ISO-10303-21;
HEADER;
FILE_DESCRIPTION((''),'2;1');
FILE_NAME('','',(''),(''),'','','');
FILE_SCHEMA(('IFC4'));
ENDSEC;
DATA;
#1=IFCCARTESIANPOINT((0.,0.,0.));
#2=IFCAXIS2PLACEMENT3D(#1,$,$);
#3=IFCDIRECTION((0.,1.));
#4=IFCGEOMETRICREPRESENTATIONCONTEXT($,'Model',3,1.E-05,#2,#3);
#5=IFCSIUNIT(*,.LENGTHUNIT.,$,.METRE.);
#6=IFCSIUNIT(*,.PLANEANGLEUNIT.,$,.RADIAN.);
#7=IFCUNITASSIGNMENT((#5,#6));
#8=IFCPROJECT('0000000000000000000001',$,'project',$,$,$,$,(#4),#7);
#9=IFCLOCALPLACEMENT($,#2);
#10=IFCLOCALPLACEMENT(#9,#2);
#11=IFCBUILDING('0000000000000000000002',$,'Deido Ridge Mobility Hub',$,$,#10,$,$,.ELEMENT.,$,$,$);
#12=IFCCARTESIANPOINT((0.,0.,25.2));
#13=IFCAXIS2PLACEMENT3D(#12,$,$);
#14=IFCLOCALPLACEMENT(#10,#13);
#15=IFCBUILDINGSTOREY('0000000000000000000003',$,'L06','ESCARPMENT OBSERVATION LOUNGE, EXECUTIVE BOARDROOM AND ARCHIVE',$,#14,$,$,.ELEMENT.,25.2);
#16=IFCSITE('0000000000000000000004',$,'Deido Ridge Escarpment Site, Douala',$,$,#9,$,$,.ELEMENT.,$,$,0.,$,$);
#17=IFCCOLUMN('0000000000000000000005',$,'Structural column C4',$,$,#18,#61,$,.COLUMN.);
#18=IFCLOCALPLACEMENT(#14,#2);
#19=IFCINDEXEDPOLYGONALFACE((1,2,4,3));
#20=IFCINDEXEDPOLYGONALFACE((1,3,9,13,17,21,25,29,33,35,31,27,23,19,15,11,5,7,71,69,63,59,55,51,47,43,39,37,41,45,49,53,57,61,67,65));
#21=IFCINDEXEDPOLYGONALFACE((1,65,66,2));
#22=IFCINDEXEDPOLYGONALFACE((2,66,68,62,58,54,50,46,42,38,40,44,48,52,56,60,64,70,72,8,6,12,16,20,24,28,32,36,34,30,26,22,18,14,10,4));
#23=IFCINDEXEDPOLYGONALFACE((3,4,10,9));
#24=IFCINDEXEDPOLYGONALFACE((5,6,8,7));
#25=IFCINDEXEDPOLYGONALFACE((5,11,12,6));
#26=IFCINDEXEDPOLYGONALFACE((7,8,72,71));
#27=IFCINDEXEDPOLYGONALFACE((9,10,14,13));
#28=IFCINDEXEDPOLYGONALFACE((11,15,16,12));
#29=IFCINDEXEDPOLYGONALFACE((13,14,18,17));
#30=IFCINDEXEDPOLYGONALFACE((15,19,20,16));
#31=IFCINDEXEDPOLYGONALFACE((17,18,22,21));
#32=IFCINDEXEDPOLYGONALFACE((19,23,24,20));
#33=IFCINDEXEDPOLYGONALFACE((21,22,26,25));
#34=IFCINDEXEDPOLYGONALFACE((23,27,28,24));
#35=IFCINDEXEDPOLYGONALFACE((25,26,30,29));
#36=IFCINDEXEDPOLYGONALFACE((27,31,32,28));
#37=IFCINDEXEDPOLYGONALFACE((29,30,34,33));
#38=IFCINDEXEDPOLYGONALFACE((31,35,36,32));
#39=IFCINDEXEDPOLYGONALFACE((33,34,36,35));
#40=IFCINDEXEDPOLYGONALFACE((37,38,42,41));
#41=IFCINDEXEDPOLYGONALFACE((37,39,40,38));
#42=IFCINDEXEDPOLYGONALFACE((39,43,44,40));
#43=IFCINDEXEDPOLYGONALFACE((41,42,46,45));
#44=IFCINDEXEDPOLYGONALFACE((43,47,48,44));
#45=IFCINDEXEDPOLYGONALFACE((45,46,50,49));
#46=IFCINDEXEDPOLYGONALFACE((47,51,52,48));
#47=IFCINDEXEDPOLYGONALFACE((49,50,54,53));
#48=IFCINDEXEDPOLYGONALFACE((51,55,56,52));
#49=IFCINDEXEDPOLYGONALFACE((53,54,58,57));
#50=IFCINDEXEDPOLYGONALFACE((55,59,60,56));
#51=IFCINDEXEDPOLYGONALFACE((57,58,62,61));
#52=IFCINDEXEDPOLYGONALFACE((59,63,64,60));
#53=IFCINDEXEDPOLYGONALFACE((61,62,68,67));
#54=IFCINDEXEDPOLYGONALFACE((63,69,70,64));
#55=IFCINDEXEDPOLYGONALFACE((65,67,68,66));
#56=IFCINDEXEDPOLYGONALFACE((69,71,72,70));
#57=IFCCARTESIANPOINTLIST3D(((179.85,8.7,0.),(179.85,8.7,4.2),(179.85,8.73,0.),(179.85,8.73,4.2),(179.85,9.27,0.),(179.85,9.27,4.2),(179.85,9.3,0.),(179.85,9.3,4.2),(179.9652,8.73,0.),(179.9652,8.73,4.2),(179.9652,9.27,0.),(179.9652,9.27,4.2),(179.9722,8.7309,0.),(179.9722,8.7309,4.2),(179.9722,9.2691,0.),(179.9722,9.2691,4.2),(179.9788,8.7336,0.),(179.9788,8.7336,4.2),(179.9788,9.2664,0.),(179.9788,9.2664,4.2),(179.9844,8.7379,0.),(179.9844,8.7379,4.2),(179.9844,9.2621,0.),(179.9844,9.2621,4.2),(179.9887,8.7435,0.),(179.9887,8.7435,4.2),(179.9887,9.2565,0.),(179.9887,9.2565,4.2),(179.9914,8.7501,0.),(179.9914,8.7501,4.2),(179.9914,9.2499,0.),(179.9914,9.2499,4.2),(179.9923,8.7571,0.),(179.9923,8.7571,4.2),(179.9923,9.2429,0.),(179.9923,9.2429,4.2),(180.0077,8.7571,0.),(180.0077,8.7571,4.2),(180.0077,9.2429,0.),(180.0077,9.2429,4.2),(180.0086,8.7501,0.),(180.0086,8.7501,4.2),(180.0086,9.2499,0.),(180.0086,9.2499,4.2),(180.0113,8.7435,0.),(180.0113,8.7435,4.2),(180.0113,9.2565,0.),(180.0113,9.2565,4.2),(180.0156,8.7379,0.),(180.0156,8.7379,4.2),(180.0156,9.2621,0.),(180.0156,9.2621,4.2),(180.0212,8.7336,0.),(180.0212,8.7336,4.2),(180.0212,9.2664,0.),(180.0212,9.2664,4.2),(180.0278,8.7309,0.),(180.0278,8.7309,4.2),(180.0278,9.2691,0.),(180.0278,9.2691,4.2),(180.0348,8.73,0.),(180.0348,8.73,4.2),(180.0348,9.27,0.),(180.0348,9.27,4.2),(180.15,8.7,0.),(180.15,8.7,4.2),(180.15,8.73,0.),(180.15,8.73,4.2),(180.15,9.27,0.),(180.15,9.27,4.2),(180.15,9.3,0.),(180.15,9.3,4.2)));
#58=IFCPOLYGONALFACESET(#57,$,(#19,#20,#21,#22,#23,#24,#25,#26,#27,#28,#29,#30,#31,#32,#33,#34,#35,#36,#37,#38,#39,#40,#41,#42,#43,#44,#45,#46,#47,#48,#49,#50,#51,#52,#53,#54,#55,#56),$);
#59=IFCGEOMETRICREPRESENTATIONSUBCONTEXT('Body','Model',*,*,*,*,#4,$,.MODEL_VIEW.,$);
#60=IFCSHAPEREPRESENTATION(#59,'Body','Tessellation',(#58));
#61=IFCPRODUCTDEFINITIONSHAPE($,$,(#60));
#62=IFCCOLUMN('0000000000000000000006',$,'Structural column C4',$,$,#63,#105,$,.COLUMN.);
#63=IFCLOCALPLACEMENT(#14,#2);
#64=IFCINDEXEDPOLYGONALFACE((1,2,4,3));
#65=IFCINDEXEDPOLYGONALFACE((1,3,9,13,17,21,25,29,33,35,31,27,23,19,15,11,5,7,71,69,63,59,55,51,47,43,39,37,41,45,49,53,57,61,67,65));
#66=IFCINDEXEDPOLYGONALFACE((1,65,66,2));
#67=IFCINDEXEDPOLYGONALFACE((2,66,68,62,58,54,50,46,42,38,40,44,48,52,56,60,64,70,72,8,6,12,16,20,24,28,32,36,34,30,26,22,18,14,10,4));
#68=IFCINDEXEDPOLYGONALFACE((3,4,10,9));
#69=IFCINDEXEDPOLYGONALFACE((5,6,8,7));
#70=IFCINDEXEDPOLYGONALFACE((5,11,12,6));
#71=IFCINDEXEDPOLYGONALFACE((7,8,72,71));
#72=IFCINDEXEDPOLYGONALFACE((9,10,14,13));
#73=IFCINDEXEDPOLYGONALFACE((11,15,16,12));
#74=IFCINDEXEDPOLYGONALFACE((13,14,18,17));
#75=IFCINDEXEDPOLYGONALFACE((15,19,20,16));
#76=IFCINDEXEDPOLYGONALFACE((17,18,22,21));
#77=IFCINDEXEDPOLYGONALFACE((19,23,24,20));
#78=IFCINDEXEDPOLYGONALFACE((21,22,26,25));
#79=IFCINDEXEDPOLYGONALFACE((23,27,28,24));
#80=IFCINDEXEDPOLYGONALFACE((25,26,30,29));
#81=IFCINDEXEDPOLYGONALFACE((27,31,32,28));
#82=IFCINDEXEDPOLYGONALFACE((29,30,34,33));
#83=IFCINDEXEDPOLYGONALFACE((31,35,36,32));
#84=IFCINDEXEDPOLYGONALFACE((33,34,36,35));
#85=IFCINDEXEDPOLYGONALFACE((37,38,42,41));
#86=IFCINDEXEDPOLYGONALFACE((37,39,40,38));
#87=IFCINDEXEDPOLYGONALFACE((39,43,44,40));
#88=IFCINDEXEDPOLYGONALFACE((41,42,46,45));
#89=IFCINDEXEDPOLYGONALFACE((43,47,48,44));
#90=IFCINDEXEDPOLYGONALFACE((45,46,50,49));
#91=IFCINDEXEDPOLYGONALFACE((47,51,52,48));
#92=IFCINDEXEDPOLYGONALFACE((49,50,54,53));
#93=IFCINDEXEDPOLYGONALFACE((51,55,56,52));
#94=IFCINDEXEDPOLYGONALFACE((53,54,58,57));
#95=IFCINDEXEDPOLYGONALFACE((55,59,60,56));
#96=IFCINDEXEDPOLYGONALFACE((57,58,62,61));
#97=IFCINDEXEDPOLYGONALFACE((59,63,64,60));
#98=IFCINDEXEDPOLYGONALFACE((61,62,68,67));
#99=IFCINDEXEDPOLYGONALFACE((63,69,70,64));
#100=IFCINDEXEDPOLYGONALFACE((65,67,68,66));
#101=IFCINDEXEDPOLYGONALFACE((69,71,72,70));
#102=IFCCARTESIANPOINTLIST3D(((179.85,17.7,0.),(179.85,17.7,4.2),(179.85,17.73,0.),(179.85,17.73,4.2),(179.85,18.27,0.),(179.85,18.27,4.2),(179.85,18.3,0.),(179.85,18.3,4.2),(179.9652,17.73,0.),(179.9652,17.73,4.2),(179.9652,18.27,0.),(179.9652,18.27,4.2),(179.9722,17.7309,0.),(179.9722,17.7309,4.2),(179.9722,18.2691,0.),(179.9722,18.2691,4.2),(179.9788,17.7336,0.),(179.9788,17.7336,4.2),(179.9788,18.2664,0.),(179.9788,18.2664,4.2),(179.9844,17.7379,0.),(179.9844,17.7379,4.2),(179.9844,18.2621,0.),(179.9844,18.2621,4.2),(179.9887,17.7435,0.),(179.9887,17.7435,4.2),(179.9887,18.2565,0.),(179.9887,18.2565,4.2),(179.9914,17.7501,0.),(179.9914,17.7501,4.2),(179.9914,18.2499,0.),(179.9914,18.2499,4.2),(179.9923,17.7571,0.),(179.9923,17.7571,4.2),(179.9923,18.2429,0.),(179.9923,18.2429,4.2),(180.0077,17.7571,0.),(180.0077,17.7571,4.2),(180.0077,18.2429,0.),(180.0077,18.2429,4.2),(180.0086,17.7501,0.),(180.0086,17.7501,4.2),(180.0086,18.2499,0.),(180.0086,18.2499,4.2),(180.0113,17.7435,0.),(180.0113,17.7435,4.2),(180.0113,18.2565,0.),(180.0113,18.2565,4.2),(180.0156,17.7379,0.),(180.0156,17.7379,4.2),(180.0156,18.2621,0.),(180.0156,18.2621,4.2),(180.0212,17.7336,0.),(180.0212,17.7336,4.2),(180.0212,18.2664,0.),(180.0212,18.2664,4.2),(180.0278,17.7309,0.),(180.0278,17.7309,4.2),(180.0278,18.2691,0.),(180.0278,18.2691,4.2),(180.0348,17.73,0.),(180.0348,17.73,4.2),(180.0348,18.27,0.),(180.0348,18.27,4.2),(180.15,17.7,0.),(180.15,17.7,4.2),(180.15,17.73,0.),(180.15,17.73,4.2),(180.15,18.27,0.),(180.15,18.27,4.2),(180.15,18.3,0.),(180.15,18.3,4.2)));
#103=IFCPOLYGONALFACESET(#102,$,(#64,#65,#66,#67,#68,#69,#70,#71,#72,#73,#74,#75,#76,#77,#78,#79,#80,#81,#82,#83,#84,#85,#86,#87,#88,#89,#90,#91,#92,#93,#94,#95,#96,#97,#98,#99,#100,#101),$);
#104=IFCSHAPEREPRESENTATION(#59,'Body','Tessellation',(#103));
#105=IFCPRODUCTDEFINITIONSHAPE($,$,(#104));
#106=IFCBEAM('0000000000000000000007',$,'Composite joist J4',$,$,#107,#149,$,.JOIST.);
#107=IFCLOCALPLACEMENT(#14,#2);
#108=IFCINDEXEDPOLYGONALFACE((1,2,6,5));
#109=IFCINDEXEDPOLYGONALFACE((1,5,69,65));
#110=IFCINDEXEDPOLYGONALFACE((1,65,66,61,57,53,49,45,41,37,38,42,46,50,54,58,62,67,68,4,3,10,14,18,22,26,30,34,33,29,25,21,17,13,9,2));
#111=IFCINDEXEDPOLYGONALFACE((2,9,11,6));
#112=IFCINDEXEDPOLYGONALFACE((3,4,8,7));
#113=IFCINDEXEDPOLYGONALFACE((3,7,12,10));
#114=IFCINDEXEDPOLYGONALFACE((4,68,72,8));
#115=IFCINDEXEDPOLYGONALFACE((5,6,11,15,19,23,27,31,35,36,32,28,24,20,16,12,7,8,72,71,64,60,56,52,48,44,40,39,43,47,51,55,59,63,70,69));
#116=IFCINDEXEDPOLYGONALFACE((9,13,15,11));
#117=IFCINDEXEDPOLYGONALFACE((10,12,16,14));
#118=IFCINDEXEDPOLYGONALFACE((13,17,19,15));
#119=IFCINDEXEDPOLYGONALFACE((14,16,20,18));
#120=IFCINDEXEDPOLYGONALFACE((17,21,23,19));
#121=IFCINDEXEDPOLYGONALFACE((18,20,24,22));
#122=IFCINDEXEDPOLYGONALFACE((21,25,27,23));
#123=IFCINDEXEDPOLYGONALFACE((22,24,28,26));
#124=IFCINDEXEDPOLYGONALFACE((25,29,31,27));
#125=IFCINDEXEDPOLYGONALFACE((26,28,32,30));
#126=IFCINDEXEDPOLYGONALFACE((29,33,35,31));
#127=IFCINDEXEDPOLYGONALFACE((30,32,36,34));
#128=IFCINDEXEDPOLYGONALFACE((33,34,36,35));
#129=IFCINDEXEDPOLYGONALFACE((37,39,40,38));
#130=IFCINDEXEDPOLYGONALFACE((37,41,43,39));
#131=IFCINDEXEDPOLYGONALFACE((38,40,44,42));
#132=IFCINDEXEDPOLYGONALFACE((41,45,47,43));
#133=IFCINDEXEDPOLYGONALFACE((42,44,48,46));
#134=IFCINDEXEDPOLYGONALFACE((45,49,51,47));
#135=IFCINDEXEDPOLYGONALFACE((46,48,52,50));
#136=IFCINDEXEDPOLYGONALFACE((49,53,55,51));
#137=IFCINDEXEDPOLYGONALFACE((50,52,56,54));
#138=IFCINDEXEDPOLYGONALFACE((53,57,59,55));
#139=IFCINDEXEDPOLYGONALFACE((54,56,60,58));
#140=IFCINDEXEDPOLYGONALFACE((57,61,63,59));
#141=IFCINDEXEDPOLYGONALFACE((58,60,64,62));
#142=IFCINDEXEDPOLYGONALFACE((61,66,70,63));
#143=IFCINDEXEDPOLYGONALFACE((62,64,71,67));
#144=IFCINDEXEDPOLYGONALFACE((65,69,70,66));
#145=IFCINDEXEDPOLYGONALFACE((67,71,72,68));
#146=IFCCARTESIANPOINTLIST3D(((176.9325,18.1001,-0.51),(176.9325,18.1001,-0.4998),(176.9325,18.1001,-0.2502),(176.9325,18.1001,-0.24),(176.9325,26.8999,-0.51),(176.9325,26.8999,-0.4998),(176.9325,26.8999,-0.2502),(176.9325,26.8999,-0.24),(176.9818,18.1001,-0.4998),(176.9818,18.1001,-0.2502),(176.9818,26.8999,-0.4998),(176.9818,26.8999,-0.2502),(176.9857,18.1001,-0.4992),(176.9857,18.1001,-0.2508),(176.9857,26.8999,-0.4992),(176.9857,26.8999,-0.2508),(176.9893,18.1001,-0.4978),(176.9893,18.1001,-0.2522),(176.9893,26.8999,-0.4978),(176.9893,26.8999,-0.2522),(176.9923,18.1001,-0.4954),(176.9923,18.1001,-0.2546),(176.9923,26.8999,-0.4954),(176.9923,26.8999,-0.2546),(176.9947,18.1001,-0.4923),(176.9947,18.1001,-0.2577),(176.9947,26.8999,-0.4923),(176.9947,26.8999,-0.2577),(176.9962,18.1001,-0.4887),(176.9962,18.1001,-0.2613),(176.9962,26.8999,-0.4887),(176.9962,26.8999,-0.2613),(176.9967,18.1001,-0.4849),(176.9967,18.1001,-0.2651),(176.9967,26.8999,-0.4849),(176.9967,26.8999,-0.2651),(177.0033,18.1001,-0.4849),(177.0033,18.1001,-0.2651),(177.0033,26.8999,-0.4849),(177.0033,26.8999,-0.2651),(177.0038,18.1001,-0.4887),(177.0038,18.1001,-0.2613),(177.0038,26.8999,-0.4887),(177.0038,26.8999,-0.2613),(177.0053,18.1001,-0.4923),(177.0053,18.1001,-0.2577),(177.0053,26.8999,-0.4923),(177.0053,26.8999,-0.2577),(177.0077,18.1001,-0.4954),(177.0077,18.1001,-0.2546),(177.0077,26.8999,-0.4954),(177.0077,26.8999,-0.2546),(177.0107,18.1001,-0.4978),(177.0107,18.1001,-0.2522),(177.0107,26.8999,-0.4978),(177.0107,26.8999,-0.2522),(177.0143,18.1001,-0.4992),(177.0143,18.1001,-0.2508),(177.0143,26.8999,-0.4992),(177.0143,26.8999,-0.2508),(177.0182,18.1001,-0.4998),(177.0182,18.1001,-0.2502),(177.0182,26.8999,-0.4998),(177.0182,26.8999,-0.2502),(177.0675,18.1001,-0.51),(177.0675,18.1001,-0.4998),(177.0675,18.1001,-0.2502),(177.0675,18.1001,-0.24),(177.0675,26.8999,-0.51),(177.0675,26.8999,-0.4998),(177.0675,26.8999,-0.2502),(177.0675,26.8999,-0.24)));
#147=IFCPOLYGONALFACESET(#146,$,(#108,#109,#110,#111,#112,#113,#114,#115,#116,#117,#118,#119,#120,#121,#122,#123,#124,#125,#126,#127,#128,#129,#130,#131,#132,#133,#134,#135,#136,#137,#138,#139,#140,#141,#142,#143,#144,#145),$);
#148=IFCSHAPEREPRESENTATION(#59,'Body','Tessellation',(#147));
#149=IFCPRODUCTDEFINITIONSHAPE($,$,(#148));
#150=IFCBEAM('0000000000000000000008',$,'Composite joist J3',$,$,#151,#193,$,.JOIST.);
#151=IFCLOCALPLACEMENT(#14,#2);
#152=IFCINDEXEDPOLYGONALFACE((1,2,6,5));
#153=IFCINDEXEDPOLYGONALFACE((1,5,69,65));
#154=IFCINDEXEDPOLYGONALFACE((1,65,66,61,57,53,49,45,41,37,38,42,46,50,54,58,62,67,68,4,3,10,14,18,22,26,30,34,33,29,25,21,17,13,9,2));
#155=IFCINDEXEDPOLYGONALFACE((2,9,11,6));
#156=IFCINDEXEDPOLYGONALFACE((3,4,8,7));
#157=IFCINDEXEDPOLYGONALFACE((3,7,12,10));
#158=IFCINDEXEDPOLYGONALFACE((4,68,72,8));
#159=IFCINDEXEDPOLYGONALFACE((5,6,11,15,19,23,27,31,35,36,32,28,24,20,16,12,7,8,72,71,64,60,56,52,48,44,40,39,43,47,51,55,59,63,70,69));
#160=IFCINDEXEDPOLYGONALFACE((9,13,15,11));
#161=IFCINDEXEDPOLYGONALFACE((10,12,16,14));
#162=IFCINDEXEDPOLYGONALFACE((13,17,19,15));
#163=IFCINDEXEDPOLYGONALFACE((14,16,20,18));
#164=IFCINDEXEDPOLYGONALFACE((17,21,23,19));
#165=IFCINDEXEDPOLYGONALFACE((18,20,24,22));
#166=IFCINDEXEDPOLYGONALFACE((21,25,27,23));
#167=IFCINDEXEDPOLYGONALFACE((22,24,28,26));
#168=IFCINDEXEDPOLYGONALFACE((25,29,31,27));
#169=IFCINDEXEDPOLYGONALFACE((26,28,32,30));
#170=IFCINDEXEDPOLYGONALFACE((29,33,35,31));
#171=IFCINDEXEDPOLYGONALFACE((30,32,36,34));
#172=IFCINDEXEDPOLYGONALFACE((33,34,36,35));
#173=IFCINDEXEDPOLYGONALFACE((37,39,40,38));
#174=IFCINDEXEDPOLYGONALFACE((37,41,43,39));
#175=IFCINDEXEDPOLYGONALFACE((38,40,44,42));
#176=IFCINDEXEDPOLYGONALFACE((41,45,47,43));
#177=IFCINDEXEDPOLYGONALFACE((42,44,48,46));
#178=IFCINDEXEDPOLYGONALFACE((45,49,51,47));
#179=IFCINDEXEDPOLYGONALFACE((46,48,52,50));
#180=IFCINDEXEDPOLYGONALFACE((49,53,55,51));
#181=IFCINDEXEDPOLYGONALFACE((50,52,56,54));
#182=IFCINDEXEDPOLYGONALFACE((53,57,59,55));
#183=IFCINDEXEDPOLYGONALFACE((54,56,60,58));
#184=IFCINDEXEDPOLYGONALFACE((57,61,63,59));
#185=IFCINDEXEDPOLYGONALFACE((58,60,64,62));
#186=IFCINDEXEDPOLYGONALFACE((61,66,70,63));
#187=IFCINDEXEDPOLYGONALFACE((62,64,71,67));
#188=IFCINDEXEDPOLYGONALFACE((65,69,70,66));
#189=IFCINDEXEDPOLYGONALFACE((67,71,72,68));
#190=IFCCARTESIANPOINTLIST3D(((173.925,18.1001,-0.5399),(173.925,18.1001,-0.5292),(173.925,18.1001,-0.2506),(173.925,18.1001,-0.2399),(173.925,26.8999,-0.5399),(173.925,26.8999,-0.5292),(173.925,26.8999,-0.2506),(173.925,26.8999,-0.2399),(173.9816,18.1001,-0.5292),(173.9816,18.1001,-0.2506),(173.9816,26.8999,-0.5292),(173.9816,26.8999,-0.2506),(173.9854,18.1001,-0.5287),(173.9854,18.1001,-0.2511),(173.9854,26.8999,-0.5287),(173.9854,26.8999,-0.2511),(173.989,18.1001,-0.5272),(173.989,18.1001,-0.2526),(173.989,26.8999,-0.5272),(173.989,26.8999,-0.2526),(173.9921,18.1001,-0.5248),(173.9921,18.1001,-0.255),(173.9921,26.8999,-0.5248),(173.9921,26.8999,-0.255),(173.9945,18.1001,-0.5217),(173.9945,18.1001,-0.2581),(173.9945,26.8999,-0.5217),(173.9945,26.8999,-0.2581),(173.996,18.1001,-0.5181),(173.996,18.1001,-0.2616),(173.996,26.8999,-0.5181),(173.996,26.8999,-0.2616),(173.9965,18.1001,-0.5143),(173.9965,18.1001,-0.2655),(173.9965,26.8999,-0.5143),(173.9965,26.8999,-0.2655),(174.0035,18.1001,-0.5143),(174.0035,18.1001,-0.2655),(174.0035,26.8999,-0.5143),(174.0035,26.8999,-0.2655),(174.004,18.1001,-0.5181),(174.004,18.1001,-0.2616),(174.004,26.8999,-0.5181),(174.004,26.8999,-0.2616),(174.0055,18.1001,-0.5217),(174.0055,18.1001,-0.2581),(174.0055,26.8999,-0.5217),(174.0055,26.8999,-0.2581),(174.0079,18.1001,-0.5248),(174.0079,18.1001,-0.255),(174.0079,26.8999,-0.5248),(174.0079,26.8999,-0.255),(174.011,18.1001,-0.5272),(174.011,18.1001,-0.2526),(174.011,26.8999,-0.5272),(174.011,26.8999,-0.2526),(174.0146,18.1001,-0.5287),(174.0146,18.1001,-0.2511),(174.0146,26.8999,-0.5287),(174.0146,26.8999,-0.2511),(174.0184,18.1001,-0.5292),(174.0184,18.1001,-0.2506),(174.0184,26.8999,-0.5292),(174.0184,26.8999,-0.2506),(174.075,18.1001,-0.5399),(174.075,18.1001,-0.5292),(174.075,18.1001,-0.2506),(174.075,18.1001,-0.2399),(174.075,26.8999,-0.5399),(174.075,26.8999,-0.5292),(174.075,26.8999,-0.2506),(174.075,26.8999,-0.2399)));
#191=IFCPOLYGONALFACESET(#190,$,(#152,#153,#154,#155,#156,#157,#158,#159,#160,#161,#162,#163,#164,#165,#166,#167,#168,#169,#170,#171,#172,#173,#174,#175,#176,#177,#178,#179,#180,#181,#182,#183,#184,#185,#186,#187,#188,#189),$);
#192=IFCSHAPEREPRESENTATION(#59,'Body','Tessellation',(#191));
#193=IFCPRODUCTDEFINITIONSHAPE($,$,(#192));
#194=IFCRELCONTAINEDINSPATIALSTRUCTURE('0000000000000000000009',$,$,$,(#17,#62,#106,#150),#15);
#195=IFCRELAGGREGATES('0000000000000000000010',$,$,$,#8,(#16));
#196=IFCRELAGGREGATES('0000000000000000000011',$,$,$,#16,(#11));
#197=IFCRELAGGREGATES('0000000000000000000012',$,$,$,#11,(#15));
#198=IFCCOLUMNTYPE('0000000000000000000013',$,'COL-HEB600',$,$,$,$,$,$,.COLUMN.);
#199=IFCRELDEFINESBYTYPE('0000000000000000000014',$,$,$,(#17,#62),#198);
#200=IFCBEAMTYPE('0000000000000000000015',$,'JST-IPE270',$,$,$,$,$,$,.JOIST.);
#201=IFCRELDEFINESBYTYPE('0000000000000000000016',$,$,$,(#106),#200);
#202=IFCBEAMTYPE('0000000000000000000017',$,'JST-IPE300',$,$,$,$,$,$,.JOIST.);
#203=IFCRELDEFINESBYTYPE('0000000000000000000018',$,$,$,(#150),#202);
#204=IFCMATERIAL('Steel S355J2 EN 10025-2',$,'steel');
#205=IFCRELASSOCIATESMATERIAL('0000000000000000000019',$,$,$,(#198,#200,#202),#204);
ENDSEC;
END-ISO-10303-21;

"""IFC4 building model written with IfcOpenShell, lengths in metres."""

from ifc_helpers import new_model, si_unit, direction, frame, origin, origin_2d, place, context, subcontext, project, spatial, i_section, extrude, material, material_profile, profile_set, type_object, element, save


model = new_model("IFC4")

# Units and contexts
model_context = context("Model", 3, precision=1e-05, world=origin(), true_north=direction((0.0, 1.0)))
body_context = subcontext(model_context, "Body", "Model", "MODEL_VIEW")
ifc_project = project(units=[si_unit("LENGTHUNIT", "METRE"), si_unit("PLANEANGLEUNIT", "RADIAN")], contexts=[model_context])

# Site, building, storey
site_placement = place(None, origin())
site = spatial("IfcSite", under=ifc_project, at=site_placement, Name="Deido Ridge Escarpment Site, Douala", CompositionType="ELEMENT", RefElevation=0.0)
building_placement = place(site_placement, origin())
building = spatial("IfcBuilding", under=site, at=building_placement, Name="Deido Ridge Mobility Hub", CompositionType="ELEMENT")
storey_placement = place(building_placement, frame((0.0, 0.0, 25.2)))
storey = spatial("IfcBuildingStorey", under=building, at=storey_placement, Name="L06", Description="ESCARPMENT OBSERVATION LOUNGE, EXECUTIVE BOARDROOM AND ARCHIVE", CompositionType="ELEMENT", Elevation=25.2)

# Columns
ifc_material_1 = material(Name="Steel S355J2 EN 10025-2", Category="steel")
ifc_material_profile_1 = material_profile(ifc_material_1, i_section(OverallWidth=0.3, OverallDepth=0.6001, WebThickness=0.0154, FlangeThickness=0.03, FilletRadius=0.0271, at=origin_2d()), Name="HEB 600")
ifc_profile_set_1 = profile_set([ifc_material_profile_1], Name="Steel S355J2 EN 10025-2")
column_type = type_object("IfcColumnType", Name="COL-HEB600", PredefinedType="COLUMN", material=ifc_profile_set_1)
for number, where, z_axis, x_axis, name in (
    (1, (180.0, 9.0, 0.0), (0.0, 0.0, 1.0), (1.0, 0.0, 0.0), "Structural column C4"),
    (2, (180.0, 18.0, 0.0), (0.0, 0.0, 1.0), (1.0, 0.0, 0.0), "Structural column C4"),
):
    element("IfcColumn", number, at=place(storey_placement, frame(where, z_axis=z_axis, x_axis=x_axis)), inside=storey, type_object=column_type, Name=name, PredefinedType="COLUMN", context=body_context, shape_type="SweptSolid", body=[
        extrude(i_section(OverallWidth=0.3, OverallDepth=0.6001, WebThickness=0.0154, FlangeThickness=0.03, FilletRadius=0.0271, at=origin_2d()), origin(), (0.0, 0.0, 1.0), 4.2),
    ])

# Beams
ifc_material_profile_2 = material_profile(ifc_material_1, i_section(OverallWidth=0.135, OverallDepth=0.27, WebThickness=0.0066, FlangeThickness=0.0103, FilletRadius=0.0149, at=origin_2d()), Name="IPE 270")
ifc_profile_set_2 = profile_set([ifc_material_profile_2], Name="Steel S355J2 EN 10025-2")
beam_type_1 = type_object("IfcBeamType", Name="JST-IPE270", PredefinedType="JOIST", material=ifc_profile_set_2)
beam_1_placement = place(storey_placement, frame((177.0, 18.1001, -0.375), z_axis=(0.0, 1.0, 0.0), x_axis=(-1.0, 0.0, 0.0)))
element("IfcBeam", 3, at=beam_1_placement, inside=storey, type_object=beam_type_1, Name="Composite joist J4", PredefinedType="JOIST", context=body_context, shape_type="SweptSolid", body=[
    extrude(i_section(OverallWidth=0.135, OverallDepth=0.27, WebThickness=0.0066, FlangeThickness=0.0103, FilletRadius=0.0149, at=origin_2d()), origin(), (0.0, 0.0, 1.0), 8.7998),
])
ifc_material_profile_3 = material_profile(ifc_material_1, i_section(OverallWidth=0.1499, OverallDepth=0.3, WebThickness=0.0071, FlangeThickness=0.0107, FilletRadius=0.0149, at=origin_2d()), Name="IPE 300")
ifc_profile_set_3 = profile_set([ifc_material_profile_3], Name="Steel S355J2 EN 10025-2")
beam_type_2 = type_object("IfcBeamType", Name="JST-IPE300", PredefinedType="JOIST", material=ifc_profile_set_3)
beam_2_placement = place(storey_placement, frame((174.0, 18.1001, -0.3899), z_axis=(0.0, 1.0, 0.0), x_axis=(-1.0, 0.0, 0.0)))
element("IfcBeam", 4, at=beam_2_placement, inside=storey, type_object=beam_type_2, Name="Composite joist J3", PredefinedType="JOIST", context=body_context, shape_type="SweptSolid", body=[
    extrude(i_section(OverallWidth=0.1499, OverallDepth=0.3, WebThickness=0.0071, FlangeThickness=0.0107, FilletRadius=0.0149, at=origin_2d()), origin(), (0.0, 0.0, 1.0), 8.7998),
])

save(model, "model.ifc")
